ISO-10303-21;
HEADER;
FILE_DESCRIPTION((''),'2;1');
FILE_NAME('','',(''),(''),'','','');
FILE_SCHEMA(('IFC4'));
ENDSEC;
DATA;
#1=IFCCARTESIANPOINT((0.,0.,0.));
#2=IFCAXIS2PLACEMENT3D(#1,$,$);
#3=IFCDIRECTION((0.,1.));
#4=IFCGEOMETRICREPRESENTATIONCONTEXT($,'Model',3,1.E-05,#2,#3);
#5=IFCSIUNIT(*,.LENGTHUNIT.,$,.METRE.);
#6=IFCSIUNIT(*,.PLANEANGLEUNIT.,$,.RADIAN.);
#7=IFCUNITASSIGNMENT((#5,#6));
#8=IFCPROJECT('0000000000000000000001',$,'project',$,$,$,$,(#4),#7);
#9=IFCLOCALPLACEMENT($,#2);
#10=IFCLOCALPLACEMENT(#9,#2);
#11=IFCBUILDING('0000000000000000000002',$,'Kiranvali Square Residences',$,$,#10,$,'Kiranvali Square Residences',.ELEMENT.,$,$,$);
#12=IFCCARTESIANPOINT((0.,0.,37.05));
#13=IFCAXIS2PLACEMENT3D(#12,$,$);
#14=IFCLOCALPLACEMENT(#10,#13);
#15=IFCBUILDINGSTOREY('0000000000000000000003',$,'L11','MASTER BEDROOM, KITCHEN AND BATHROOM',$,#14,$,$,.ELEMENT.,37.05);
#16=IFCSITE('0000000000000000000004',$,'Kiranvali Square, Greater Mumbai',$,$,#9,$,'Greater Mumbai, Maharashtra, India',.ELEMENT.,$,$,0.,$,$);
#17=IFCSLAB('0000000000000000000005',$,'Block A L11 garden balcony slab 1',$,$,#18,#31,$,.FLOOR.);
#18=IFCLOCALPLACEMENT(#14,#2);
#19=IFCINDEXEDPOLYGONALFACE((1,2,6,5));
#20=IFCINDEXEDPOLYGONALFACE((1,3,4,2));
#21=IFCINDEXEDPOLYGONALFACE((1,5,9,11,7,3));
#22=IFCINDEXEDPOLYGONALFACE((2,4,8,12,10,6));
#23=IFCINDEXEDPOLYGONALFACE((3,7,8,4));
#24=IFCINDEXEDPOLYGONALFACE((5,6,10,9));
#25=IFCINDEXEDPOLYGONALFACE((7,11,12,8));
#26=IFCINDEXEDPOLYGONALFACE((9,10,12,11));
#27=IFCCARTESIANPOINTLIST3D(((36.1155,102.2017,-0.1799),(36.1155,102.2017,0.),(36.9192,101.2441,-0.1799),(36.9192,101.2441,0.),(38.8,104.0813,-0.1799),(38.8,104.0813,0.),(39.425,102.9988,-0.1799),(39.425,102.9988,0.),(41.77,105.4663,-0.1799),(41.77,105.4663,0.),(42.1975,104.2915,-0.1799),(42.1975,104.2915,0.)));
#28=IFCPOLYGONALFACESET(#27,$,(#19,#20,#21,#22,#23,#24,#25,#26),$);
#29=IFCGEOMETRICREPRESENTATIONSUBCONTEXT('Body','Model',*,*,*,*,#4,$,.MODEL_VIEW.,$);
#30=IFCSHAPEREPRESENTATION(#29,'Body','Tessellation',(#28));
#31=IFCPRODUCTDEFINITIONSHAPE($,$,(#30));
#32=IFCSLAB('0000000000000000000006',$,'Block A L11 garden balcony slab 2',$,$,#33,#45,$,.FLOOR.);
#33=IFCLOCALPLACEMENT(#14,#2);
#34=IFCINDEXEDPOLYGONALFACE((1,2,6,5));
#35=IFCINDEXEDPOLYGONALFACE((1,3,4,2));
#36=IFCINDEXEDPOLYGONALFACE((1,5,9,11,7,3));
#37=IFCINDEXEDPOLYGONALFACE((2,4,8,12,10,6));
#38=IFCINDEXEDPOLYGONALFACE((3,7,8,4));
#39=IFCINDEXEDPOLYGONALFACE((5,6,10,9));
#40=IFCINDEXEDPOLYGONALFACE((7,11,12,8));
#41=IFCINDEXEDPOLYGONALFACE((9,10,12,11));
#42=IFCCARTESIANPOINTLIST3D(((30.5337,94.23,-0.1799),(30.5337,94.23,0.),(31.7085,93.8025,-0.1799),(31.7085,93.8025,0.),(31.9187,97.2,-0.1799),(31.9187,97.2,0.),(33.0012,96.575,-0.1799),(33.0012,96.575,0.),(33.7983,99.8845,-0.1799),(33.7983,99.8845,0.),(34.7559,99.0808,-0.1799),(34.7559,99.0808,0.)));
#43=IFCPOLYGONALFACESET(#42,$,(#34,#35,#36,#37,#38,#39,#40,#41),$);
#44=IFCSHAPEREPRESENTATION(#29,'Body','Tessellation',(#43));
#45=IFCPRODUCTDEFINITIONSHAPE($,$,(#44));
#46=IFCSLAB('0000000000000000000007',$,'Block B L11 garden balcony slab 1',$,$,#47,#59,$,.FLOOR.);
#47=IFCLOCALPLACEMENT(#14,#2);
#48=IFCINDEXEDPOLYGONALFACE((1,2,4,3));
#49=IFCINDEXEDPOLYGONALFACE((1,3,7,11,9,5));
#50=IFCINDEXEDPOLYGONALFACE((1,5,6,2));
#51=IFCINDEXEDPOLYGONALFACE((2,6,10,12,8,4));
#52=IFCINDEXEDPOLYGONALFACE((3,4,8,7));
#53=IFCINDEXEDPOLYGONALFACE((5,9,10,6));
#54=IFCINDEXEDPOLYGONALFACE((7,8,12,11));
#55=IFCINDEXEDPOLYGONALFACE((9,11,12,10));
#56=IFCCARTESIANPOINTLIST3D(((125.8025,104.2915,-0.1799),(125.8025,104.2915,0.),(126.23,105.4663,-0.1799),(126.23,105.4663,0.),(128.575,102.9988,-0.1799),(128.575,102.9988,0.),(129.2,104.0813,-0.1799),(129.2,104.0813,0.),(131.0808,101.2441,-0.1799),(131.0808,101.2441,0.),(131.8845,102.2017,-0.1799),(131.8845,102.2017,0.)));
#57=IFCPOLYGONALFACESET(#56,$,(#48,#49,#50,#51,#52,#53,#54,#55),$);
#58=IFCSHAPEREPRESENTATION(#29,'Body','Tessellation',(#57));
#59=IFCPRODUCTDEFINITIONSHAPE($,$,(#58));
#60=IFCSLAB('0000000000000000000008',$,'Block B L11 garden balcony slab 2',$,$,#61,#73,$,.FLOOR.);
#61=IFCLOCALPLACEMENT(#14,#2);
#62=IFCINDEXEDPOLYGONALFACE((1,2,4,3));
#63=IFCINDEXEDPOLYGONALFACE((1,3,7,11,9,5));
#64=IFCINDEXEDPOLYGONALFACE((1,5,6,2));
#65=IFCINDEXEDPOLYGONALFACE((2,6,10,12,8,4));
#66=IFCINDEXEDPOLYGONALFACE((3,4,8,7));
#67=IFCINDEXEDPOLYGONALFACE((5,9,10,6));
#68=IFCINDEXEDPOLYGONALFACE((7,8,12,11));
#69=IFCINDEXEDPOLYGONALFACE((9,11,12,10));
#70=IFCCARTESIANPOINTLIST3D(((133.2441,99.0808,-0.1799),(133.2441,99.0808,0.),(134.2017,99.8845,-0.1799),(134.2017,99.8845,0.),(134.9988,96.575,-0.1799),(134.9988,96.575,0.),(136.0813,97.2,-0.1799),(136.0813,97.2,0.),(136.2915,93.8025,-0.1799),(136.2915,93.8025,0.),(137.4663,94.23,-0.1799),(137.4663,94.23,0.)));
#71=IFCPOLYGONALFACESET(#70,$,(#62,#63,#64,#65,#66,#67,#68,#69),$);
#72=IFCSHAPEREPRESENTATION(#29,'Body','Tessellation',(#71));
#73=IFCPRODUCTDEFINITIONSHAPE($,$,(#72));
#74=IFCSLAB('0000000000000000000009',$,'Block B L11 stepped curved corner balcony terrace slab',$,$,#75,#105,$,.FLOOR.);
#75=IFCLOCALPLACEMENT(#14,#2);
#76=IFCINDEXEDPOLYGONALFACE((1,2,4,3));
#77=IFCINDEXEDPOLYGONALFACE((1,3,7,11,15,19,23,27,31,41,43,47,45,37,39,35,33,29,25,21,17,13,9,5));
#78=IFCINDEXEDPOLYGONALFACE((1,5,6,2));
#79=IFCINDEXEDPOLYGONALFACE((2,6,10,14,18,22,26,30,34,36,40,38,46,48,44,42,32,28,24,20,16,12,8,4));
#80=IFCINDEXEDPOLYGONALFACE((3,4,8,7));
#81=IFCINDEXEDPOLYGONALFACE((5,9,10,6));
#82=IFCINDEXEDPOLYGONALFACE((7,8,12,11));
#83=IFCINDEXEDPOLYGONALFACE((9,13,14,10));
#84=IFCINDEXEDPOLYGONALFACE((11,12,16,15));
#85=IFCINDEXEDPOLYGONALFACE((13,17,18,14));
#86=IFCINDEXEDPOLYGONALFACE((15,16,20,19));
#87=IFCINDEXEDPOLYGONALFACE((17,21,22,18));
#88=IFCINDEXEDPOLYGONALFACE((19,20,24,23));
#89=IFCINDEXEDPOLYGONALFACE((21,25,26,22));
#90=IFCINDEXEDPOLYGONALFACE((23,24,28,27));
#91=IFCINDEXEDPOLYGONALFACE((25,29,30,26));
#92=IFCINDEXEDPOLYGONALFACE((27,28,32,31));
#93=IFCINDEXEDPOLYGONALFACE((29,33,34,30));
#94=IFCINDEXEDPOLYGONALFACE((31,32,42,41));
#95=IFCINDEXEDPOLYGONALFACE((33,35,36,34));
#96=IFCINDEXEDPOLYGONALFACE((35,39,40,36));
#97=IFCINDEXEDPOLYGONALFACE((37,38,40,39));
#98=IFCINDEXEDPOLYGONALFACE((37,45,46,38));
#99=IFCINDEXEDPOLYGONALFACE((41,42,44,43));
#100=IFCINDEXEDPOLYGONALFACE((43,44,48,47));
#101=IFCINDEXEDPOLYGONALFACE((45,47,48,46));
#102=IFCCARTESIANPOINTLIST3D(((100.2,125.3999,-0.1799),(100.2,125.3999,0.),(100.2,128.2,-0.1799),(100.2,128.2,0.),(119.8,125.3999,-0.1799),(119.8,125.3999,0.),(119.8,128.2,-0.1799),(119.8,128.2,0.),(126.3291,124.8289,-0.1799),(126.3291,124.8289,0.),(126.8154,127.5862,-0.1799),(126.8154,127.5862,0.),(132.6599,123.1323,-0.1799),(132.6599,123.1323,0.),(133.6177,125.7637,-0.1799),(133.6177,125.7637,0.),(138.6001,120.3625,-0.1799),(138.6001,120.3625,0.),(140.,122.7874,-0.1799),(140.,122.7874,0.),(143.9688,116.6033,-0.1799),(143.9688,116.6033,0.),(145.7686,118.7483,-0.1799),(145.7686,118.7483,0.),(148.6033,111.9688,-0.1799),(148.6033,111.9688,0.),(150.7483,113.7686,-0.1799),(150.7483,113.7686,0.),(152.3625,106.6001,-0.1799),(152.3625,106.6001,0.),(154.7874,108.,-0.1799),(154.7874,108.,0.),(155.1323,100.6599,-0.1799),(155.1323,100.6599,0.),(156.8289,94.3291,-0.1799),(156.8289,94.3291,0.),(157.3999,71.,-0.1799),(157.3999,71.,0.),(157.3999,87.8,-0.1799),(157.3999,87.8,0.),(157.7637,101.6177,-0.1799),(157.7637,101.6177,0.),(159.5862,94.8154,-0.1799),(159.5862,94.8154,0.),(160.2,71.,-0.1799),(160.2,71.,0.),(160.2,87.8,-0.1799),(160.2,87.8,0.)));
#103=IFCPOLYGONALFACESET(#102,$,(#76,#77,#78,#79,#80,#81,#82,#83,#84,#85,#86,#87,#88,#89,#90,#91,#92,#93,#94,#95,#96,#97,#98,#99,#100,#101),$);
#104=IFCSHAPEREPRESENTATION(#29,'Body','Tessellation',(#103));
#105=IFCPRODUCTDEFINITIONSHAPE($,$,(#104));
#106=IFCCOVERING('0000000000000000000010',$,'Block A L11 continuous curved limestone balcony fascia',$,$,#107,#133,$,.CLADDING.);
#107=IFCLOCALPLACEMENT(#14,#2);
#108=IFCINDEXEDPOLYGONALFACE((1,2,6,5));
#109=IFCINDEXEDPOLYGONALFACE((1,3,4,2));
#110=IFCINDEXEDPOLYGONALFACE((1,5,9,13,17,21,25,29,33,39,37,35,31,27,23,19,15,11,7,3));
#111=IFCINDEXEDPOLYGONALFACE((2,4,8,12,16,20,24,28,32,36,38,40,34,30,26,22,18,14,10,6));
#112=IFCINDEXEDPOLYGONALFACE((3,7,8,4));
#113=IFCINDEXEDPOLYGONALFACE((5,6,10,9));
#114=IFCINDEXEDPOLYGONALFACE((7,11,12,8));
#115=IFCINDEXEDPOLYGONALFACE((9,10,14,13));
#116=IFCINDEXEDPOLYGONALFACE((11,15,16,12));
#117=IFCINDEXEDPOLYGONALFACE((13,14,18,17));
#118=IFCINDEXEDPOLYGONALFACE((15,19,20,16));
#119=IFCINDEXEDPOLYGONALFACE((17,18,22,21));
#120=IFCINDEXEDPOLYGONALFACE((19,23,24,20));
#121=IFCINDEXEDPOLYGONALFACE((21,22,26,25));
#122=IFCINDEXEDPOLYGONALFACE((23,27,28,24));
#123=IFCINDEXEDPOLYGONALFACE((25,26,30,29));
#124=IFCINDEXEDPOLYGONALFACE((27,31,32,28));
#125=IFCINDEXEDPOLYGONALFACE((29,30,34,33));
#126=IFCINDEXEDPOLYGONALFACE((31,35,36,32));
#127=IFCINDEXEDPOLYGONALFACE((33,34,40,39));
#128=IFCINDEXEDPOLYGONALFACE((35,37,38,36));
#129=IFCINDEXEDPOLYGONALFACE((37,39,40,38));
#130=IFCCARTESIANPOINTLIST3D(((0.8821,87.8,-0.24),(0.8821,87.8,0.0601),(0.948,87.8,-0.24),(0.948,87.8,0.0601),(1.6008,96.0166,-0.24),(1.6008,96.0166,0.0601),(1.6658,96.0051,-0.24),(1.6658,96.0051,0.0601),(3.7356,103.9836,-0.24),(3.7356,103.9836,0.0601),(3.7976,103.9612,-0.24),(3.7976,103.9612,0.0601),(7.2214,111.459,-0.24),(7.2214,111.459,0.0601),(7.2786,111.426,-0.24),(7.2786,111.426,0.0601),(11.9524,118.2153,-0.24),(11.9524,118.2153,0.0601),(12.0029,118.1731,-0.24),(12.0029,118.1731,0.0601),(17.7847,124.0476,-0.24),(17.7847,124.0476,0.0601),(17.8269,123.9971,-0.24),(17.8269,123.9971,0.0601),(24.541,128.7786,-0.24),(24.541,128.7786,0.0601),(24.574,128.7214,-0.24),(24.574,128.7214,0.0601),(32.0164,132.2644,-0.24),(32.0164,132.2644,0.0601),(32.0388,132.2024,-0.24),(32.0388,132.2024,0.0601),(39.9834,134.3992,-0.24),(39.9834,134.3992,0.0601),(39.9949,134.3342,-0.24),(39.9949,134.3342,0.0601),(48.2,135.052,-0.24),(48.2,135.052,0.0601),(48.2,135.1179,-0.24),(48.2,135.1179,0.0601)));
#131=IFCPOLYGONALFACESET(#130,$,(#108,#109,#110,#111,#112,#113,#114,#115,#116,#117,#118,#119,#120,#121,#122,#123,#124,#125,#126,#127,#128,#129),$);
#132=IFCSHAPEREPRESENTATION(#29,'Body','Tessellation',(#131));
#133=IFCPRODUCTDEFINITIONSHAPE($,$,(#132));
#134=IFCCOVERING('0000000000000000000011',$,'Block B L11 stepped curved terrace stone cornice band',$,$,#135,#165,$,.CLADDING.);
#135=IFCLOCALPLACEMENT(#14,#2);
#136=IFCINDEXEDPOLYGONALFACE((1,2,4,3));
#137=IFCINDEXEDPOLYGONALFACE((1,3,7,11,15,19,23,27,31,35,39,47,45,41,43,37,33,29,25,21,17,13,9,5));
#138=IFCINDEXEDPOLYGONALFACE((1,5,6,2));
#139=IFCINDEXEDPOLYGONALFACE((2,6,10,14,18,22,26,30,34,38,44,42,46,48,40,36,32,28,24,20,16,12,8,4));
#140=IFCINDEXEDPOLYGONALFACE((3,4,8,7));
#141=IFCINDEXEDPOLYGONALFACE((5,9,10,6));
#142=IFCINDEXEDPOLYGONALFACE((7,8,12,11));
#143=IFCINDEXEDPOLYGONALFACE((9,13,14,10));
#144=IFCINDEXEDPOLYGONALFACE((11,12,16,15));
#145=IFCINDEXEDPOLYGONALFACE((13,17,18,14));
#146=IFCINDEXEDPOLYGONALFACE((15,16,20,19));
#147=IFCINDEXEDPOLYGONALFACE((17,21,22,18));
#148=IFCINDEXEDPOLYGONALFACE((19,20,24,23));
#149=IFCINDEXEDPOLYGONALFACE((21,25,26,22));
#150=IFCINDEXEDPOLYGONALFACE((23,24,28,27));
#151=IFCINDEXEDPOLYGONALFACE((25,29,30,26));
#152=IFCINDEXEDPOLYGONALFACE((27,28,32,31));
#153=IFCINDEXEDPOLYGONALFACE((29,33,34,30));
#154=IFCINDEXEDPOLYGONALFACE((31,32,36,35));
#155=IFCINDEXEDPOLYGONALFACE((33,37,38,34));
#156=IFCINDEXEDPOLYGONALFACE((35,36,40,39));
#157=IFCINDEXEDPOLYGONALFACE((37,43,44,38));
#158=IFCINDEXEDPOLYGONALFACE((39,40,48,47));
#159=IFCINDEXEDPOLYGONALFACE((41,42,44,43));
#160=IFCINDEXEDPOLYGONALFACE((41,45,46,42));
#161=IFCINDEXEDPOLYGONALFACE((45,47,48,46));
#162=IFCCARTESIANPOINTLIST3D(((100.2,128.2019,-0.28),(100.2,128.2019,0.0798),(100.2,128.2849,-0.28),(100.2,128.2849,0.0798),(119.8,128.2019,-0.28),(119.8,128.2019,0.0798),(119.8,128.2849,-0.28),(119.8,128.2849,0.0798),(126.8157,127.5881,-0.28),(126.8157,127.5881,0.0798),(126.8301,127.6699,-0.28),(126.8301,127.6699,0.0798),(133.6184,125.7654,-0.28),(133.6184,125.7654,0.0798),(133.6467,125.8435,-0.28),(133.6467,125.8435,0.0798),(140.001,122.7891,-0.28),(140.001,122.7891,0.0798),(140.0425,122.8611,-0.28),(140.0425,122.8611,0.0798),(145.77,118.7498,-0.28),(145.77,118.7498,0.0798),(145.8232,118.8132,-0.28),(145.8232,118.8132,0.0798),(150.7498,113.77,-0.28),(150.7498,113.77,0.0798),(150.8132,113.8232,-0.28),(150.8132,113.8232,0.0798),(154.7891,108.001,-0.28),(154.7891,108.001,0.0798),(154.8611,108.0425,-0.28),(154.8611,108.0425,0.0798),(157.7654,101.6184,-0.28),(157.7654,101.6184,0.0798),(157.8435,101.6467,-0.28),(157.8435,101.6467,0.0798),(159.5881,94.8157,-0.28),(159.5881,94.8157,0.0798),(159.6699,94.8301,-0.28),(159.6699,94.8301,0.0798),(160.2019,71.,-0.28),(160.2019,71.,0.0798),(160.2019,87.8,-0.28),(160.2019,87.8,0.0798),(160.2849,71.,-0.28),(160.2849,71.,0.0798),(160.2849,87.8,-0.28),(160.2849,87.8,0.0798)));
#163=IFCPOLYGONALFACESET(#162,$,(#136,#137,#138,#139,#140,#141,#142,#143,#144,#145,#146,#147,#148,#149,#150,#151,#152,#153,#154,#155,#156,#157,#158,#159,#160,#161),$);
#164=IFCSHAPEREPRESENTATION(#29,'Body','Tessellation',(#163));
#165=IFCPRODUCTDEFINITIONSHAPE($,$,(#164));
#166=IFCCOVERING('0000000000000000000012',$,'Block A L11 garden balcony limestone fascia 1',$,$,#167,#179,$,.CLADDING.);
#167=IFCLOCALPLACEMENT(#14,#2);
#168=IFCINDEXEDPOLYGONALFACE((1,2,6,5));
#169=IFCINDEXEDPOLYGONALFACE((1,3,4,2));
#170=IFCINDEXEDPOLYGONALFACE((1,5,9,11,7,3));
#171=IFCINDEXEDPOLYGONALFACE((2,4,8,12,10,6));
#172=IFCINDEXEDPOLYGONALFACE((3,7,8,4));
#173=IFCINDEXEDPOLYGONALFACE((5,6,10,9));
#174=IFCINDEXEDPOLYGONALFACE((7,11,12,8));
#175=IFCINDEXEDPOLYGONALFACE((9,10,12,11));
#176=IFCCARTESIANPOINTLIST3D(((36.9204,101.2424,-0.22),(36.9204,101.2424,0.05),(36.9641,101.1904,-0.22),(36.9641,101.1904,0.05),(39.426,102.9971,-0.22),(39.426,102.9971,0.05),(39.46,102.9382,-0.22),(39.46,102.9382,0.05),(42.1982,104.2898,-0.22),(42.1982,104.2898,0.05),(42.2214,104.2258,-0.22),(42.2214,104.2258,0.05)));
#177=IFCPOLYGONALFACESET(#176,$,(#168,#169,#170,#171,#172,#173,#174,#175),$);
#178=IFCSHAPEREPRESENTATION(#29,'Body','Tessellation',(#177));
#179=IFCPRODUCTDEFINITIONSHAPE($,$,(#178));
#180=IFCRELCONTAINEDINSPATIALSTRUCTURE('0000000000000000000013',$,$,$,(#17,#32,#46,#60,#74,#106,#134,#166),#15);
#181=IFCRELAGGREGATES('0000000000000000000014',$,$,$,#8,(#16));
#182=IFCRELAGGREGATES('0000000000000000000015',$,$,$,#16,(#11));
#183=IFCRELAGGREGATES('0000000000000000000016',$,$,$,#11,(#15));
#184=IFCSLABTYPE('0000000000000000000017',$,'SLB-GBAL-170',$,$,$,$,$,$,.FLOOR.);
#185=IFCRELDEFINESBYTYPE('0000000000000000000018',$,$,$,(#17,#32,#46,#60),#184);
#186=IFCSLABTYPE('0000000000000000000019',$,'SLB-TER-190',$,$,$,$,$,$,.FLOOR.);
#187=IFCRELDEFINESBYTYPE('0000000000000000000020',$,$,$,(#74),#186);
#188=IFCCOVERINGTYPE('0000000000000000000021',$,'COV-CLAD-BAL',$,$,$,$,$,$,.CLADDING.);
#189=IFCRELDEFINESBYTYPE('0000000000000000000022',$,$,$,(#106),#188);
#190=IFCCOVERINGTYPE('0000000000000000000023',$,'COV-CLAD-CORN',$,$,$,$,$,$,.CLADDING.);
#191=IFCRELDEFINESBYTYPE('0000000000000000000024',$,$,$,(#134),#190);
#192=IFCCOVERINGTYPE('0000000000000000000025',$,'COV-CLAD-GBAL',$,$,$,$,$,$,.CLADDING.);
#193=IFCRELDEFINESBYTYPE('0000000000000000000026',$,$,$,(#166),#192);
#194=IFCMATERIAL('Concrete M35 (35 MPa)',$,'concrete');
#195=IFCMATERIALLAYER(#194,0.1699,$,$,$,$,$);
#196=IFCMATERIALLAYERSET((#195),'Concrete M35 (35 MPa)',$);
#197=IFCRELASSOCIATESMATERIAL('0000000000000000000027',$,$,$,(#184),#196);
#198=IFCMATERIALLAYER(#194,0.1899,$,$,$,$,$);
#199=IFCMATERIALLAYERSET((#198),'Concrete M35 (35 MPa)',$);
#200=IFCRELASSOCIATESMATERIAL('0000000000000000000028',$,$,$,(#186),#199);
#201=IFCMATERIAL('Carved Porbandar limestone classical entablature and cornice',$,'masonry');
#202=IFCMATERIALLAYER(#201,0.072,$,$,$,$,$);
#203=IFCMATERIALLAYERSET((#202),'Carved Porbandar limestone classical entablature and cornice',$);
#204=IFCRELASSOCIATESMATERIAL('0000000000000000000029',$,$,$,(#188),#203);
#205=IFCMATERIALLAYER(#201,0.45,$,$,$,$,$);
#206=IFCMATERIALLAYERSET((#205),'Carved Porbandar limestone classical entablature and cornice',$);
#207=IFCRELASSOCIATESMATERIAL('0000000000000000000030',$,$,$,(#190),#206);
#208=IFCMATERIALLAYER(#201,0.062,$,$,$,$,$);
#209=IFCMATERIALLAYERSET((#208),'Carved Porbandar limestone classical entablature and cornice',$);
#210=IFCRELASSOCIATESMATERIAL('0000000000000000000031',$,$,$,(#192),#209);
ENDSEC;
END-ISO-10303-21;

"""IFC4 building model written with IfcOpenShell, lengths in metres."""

from ifc_helpers import new_model, si_unit, direction, frame, origin, place, context, subcontext, project, spatial, polyline, outline, extrude, material, layer, layer_set, type_object, element, save


model = new_model("IFC4")

# Units and contexts
model_context = context("Model", 3, precision=1e-05, world=origin(), true_north=direction((0.0, 1.0)))
body_context = subcontext(model_context, "Body", "Model", "MODEL_VIEW")
ifc_project = project(units=[si_unit("LENGTHUNIT", "METRE"), si_unit("PLANEANGLEUNIT", "RADIAN")], contexts=[model_context])

# Site, building, storey
site_placement = place(None, origin())
site = spatial("IfcSite", under=ifc_project, at=site_placement, Name="Kiranvali Square, Greater Mumbai", LongName="Greater Mumbai, Maharashtra, India", CompositionType="ELEMENT", RefElevation=0.0)
building_placement = place(site_placement, origin())
building = spatial("IfcBuilding", under=site, at=building_placement, Name="Kiranvali Square Residences", LongName="Kiranvali Square Residences", CompositionType="ELEMENT")
storey_placement = place(building_placement, frame((0.0, 0.0, 37.05)))
storey = spatial("IfcBuildingStorey", under=building, at=storey_placement, Name="L11", Description="MASTER BEDROOM, KITCHEN AND BATHROOM", CompositionType="ELEMENT", Elevation=37.05)

# Slabs
ifc_material_1 = material(Name="Concrete M35 (35 MPa)", Category="concrete")
ifc_layer_1 = layer(ifc_material_1, 0.1699)
ifc_layer_set_1 = layer_set([ifc_layer_1], Name="Concrete M35 (35 MPa)")
slab_type_1 = type_object("IfcSlabType", Name="SLB-GBAL-170", PredefinedType="FLOOR", material=ifc_layer_set_1)
slab_1_placement = place(storey_placement, frame((0.0, 0.0, -0.1799)))
element("IfcSlab", 1, at=slab_1_placement, inside=storey, type_object=slab_type_1, Name="Block A L11 garden balcony slab 1", PredefinedType="FLOOR", context=body_context, shape_type="SweptSolid", body=[
    extrude(outline(polyline([(41.77, 105.4663), (38.8, 104.0813), (36.1155, 102.2017), (36.9192, 101.2441), (39.425, 102.9988), (42.1975, 104.2915), (41.77, 105.4663)])), origin(), (0.0, 0.0, 1.0), 0.1799),
])
slab_2_placement = place(storey_placement, frame((0.0, 0.0, -0.1799)))
element("IfcSlab", 2, at=slab_2_placement, inside=storey, type_object=slab_type_1, Name="Block A L11 garden balcony slab 2", PredefinedType="FLOOR", context=body_context, shape_type="SweptSolid", body=[
    extrude(outline(polyline([(33.7983, 99.8845), (31.9187, 97.2), (30.5337, 94.23), (31.7085, 93.8025), (33.0012, 96.575), (34.7559, 99.0808), (33.7983, 99.8845)])), origin(), (0.0, 0.0, 1.0), 0.1799),
])
slab_3_placement = place(storey_placement, frame((0.0, 0.0, -0.1799)))
element("IfcSlab", 3, at=slab_3_placement, inside=storey, type_object=slab_type_1, Name="Block B L11 garden balcony slab 1", PredefinedType="FLOOR", context=body_context, shape_type="SweptSolid", body=[
    extrude(outline(polyline([(125.8025, 104.2915), (128.575, 102.9988), (131.0808, 101.2441), (131.8845, 102.2017), (129.2, 104.0813), (126.23, 105.4663), (125.8025, 104.2915)])), origin(), (0.0, 0.0, 1.0), 0.1799),
])
slab_4_placement = place(storey_placement, frame((0.0, 0.0, -0.1799)))
element("IfcSlab", 4, at=slab_4_placement, inside=storey, type_object=slab_type_1, Name="Block B L11 garden balcony slab 2", PredefinedType="FLOOR", context=body_context, shape_type="SweptSolid", body=[
    extrude(outline(polyline([(133.2441, 99.0808), (134.9988, 96.575), (136.2915, 93.8025), (137.4663, 94.23), (136.0813, 97.2), (134.2017, 99.8845), (133.2441, 99.0808)])), origin(), (0.0, 0.0, 1.0), 0.1799),
])
ifc_layer_2 = layer(ifc_material_1, 0.1899)
ifc_layer_set_2 = layer_set([ifc_layer_2], Name="Concrete M35 (35 MPa)")
slab_type_2 = type_object("IfcSlabType", Name="SLB-TER-190", PredefinedType="FLOOR", material=ifc_layer_set_2)
slab_5_placement = place(storey_placement, frame((0.0, 0.0, -0.1799)))
element("IfcSlab", 5, at=slab_5_placement, inside=storey, type_object=slab_type_2, Name="Block B L11 stepped curved corner balcony terrace slab", PredefinedType="FLOOR", context=body_context, shape_type="SweptSolid", body=[
    extrude(outline(polyline([(100.2, 125.3999), (119.8, 125.3999), (126.3291, 124.8289), (132.6599, 123.1323), (138.6001, 120.3625), (143.9688, 116.6033), (148.6033, 111.9688), (152.3625, 106.6001), (155.1323, 100.6599), (156.8289, 94.3291), (157.3999, 87.8), (157.3999, 71.0), (160.2, 71.0), (160.2, 87.8), (159.5862, 94.8154), (157.7637, 101.6177), (154.7874, 108.0), (150.7483, 113.7686), (145.7686, 118.7483), (140.0, 122.7874), (133.6177, 125.7637), (126.8154, 127.5862), (119.8, 128.2), (100.2, 128.2), (100.2, 125.3999)])), origin(), (0.0, 0.0, 1.0), 0.1799),
])

# Coverings
ifc_material_2 = material(Name="Carved Porbandar limestone classical entablature and cornice", Category="masonry")
ifc_layer_3 = layer(ifc_material_2, 0.072)
ifc_layer_set_3 = layer_set([ifc_layer_3], Name="Carved Porbandar limestone classical entablature and cornice")
covering_type_1 = type_object("IfcCoveringType", Name="COV-CLAD-BAL", PredefinedType="CLADDING", material=ifc_layer_set_3)
covering_1_placement = place(storey_placement, frame((0.0, 0.0, -0.24)))
element("IfcCovering", 6, at=covering_1_placement, inside=storey, type_object=covering_type_1, Name="Block A L11 continuous curved limestone balcony fascia", PredefinedType="CLADDING", context=body_context, shape_type="SweptSolid", body=[
    extrude(outline(polyline([(48.2, 135.1179), (39.9834, 134.3992), (32.0164, 132.2644), (24.541, 128.7786), (17.7847, 124.0476), (11.9524, 118.2153), (7.2214, 111.459), (3.7356, 103.9836), (1.6008, 96.0166), (0.8821, 87.8), (0.948, 87.8), (1.6658, 96.0051), (3.7976, 103.9612), (7.2786, 111.426), (12.0029, 118.1731), (17.8269, 123.9971), (24.574, 128.7214), (32.0388, 132.2024), (39.9949, 134.3342), (48.2, 135.052), (48.2, 135.1179)])), origin(), (0.0, 0.0, 1.0), 0.3),
])
ifc_layer_4 = layer(ifc_material_2, 0.45)
ifc_layer_set_4 = layer_set([ifc_layer_4], Name="Carved Porbandar limestone classical entablature and cornice")
covering_type_2 = type_object("IfcCoveringType", Name="COV-CLAD-CORN", PredefinedType="CLADDING", material=ifc_layer_set_4)
covering_2_placement = place(storey_placement, frame((0.0, 0.0, -0.28)))
element("IfcCovering", 7, at=covering_2_placement, inside=storey, type_object=covering_type_2, Name="Block B L11 stepped curved terrace stone cornice band", PredefinedType="CLADDING", context=body_context, shape_type="SweptSolid", body=[
    extrude(outline(polyline([(100.2, 128.2019), (119.8, 128.2019), (126.8157, 127.5881), (133.6184, 125.7654), (140.001, 122.7891), (145.77, 118.7498), (150.7498, 113.77), (154.7891, 108.001), (157.7654, 101.6184), (159.5881, 94.8157), (160.2019, 87.8), (160.2019, 71.0), (160.2849, 71.0), (160.2849, 87.8), (159.6699, 94.8301), (157.8435, 101.6467), (154.8611, 108.0425), (150.8132, 113.8232), (145.8232, 118.8132), (140.0425, 122.8611), (133.6467, 125.8435), (126.8301, 127.6699), (119.8, 128.2849), (100.2, 128.2849), (100.2, 128.2019)])), origin(), (0.0, 0.0, 1.0), 0.3599),
])
ifc_layer_5 = layer(ifc_material_2, 0.062)
ifc_layer_set_5 = layer_set([ifc_layer_5], Name="Carved Porbandar limestone classical entablature and cornice")
covering_type_3 = type_object("IfcCoveringType", Name="COV-CLAD-GBAL", PredefinedType="CLADDING", material=ifc_layer_set_5)
covering_3_placement = place(storey_placement, frame((0.0, 0.0, -0.22)))
element("IfcCovering", 8, at=covering_3_placement, inside=storey, type_object=covering_type_3, Name="Block A L11 garden balcony limestone fascia 1", PredefinedType="CLADDING", context=body_context, shape_type="SweptSolid", body=[
    extrude(outline(polyline([(42.1982, 104.2898), (39.426, 102.9971), (36.9204, 101.2424), (36.9641, 101.1904), (39.46, 102.9382), (42.2214, 104.2258), (42.1982, 104.2898)])), origin(), (0.0, 0.0, 1.0), 0.27),
])

save(model, "model.ifc")
